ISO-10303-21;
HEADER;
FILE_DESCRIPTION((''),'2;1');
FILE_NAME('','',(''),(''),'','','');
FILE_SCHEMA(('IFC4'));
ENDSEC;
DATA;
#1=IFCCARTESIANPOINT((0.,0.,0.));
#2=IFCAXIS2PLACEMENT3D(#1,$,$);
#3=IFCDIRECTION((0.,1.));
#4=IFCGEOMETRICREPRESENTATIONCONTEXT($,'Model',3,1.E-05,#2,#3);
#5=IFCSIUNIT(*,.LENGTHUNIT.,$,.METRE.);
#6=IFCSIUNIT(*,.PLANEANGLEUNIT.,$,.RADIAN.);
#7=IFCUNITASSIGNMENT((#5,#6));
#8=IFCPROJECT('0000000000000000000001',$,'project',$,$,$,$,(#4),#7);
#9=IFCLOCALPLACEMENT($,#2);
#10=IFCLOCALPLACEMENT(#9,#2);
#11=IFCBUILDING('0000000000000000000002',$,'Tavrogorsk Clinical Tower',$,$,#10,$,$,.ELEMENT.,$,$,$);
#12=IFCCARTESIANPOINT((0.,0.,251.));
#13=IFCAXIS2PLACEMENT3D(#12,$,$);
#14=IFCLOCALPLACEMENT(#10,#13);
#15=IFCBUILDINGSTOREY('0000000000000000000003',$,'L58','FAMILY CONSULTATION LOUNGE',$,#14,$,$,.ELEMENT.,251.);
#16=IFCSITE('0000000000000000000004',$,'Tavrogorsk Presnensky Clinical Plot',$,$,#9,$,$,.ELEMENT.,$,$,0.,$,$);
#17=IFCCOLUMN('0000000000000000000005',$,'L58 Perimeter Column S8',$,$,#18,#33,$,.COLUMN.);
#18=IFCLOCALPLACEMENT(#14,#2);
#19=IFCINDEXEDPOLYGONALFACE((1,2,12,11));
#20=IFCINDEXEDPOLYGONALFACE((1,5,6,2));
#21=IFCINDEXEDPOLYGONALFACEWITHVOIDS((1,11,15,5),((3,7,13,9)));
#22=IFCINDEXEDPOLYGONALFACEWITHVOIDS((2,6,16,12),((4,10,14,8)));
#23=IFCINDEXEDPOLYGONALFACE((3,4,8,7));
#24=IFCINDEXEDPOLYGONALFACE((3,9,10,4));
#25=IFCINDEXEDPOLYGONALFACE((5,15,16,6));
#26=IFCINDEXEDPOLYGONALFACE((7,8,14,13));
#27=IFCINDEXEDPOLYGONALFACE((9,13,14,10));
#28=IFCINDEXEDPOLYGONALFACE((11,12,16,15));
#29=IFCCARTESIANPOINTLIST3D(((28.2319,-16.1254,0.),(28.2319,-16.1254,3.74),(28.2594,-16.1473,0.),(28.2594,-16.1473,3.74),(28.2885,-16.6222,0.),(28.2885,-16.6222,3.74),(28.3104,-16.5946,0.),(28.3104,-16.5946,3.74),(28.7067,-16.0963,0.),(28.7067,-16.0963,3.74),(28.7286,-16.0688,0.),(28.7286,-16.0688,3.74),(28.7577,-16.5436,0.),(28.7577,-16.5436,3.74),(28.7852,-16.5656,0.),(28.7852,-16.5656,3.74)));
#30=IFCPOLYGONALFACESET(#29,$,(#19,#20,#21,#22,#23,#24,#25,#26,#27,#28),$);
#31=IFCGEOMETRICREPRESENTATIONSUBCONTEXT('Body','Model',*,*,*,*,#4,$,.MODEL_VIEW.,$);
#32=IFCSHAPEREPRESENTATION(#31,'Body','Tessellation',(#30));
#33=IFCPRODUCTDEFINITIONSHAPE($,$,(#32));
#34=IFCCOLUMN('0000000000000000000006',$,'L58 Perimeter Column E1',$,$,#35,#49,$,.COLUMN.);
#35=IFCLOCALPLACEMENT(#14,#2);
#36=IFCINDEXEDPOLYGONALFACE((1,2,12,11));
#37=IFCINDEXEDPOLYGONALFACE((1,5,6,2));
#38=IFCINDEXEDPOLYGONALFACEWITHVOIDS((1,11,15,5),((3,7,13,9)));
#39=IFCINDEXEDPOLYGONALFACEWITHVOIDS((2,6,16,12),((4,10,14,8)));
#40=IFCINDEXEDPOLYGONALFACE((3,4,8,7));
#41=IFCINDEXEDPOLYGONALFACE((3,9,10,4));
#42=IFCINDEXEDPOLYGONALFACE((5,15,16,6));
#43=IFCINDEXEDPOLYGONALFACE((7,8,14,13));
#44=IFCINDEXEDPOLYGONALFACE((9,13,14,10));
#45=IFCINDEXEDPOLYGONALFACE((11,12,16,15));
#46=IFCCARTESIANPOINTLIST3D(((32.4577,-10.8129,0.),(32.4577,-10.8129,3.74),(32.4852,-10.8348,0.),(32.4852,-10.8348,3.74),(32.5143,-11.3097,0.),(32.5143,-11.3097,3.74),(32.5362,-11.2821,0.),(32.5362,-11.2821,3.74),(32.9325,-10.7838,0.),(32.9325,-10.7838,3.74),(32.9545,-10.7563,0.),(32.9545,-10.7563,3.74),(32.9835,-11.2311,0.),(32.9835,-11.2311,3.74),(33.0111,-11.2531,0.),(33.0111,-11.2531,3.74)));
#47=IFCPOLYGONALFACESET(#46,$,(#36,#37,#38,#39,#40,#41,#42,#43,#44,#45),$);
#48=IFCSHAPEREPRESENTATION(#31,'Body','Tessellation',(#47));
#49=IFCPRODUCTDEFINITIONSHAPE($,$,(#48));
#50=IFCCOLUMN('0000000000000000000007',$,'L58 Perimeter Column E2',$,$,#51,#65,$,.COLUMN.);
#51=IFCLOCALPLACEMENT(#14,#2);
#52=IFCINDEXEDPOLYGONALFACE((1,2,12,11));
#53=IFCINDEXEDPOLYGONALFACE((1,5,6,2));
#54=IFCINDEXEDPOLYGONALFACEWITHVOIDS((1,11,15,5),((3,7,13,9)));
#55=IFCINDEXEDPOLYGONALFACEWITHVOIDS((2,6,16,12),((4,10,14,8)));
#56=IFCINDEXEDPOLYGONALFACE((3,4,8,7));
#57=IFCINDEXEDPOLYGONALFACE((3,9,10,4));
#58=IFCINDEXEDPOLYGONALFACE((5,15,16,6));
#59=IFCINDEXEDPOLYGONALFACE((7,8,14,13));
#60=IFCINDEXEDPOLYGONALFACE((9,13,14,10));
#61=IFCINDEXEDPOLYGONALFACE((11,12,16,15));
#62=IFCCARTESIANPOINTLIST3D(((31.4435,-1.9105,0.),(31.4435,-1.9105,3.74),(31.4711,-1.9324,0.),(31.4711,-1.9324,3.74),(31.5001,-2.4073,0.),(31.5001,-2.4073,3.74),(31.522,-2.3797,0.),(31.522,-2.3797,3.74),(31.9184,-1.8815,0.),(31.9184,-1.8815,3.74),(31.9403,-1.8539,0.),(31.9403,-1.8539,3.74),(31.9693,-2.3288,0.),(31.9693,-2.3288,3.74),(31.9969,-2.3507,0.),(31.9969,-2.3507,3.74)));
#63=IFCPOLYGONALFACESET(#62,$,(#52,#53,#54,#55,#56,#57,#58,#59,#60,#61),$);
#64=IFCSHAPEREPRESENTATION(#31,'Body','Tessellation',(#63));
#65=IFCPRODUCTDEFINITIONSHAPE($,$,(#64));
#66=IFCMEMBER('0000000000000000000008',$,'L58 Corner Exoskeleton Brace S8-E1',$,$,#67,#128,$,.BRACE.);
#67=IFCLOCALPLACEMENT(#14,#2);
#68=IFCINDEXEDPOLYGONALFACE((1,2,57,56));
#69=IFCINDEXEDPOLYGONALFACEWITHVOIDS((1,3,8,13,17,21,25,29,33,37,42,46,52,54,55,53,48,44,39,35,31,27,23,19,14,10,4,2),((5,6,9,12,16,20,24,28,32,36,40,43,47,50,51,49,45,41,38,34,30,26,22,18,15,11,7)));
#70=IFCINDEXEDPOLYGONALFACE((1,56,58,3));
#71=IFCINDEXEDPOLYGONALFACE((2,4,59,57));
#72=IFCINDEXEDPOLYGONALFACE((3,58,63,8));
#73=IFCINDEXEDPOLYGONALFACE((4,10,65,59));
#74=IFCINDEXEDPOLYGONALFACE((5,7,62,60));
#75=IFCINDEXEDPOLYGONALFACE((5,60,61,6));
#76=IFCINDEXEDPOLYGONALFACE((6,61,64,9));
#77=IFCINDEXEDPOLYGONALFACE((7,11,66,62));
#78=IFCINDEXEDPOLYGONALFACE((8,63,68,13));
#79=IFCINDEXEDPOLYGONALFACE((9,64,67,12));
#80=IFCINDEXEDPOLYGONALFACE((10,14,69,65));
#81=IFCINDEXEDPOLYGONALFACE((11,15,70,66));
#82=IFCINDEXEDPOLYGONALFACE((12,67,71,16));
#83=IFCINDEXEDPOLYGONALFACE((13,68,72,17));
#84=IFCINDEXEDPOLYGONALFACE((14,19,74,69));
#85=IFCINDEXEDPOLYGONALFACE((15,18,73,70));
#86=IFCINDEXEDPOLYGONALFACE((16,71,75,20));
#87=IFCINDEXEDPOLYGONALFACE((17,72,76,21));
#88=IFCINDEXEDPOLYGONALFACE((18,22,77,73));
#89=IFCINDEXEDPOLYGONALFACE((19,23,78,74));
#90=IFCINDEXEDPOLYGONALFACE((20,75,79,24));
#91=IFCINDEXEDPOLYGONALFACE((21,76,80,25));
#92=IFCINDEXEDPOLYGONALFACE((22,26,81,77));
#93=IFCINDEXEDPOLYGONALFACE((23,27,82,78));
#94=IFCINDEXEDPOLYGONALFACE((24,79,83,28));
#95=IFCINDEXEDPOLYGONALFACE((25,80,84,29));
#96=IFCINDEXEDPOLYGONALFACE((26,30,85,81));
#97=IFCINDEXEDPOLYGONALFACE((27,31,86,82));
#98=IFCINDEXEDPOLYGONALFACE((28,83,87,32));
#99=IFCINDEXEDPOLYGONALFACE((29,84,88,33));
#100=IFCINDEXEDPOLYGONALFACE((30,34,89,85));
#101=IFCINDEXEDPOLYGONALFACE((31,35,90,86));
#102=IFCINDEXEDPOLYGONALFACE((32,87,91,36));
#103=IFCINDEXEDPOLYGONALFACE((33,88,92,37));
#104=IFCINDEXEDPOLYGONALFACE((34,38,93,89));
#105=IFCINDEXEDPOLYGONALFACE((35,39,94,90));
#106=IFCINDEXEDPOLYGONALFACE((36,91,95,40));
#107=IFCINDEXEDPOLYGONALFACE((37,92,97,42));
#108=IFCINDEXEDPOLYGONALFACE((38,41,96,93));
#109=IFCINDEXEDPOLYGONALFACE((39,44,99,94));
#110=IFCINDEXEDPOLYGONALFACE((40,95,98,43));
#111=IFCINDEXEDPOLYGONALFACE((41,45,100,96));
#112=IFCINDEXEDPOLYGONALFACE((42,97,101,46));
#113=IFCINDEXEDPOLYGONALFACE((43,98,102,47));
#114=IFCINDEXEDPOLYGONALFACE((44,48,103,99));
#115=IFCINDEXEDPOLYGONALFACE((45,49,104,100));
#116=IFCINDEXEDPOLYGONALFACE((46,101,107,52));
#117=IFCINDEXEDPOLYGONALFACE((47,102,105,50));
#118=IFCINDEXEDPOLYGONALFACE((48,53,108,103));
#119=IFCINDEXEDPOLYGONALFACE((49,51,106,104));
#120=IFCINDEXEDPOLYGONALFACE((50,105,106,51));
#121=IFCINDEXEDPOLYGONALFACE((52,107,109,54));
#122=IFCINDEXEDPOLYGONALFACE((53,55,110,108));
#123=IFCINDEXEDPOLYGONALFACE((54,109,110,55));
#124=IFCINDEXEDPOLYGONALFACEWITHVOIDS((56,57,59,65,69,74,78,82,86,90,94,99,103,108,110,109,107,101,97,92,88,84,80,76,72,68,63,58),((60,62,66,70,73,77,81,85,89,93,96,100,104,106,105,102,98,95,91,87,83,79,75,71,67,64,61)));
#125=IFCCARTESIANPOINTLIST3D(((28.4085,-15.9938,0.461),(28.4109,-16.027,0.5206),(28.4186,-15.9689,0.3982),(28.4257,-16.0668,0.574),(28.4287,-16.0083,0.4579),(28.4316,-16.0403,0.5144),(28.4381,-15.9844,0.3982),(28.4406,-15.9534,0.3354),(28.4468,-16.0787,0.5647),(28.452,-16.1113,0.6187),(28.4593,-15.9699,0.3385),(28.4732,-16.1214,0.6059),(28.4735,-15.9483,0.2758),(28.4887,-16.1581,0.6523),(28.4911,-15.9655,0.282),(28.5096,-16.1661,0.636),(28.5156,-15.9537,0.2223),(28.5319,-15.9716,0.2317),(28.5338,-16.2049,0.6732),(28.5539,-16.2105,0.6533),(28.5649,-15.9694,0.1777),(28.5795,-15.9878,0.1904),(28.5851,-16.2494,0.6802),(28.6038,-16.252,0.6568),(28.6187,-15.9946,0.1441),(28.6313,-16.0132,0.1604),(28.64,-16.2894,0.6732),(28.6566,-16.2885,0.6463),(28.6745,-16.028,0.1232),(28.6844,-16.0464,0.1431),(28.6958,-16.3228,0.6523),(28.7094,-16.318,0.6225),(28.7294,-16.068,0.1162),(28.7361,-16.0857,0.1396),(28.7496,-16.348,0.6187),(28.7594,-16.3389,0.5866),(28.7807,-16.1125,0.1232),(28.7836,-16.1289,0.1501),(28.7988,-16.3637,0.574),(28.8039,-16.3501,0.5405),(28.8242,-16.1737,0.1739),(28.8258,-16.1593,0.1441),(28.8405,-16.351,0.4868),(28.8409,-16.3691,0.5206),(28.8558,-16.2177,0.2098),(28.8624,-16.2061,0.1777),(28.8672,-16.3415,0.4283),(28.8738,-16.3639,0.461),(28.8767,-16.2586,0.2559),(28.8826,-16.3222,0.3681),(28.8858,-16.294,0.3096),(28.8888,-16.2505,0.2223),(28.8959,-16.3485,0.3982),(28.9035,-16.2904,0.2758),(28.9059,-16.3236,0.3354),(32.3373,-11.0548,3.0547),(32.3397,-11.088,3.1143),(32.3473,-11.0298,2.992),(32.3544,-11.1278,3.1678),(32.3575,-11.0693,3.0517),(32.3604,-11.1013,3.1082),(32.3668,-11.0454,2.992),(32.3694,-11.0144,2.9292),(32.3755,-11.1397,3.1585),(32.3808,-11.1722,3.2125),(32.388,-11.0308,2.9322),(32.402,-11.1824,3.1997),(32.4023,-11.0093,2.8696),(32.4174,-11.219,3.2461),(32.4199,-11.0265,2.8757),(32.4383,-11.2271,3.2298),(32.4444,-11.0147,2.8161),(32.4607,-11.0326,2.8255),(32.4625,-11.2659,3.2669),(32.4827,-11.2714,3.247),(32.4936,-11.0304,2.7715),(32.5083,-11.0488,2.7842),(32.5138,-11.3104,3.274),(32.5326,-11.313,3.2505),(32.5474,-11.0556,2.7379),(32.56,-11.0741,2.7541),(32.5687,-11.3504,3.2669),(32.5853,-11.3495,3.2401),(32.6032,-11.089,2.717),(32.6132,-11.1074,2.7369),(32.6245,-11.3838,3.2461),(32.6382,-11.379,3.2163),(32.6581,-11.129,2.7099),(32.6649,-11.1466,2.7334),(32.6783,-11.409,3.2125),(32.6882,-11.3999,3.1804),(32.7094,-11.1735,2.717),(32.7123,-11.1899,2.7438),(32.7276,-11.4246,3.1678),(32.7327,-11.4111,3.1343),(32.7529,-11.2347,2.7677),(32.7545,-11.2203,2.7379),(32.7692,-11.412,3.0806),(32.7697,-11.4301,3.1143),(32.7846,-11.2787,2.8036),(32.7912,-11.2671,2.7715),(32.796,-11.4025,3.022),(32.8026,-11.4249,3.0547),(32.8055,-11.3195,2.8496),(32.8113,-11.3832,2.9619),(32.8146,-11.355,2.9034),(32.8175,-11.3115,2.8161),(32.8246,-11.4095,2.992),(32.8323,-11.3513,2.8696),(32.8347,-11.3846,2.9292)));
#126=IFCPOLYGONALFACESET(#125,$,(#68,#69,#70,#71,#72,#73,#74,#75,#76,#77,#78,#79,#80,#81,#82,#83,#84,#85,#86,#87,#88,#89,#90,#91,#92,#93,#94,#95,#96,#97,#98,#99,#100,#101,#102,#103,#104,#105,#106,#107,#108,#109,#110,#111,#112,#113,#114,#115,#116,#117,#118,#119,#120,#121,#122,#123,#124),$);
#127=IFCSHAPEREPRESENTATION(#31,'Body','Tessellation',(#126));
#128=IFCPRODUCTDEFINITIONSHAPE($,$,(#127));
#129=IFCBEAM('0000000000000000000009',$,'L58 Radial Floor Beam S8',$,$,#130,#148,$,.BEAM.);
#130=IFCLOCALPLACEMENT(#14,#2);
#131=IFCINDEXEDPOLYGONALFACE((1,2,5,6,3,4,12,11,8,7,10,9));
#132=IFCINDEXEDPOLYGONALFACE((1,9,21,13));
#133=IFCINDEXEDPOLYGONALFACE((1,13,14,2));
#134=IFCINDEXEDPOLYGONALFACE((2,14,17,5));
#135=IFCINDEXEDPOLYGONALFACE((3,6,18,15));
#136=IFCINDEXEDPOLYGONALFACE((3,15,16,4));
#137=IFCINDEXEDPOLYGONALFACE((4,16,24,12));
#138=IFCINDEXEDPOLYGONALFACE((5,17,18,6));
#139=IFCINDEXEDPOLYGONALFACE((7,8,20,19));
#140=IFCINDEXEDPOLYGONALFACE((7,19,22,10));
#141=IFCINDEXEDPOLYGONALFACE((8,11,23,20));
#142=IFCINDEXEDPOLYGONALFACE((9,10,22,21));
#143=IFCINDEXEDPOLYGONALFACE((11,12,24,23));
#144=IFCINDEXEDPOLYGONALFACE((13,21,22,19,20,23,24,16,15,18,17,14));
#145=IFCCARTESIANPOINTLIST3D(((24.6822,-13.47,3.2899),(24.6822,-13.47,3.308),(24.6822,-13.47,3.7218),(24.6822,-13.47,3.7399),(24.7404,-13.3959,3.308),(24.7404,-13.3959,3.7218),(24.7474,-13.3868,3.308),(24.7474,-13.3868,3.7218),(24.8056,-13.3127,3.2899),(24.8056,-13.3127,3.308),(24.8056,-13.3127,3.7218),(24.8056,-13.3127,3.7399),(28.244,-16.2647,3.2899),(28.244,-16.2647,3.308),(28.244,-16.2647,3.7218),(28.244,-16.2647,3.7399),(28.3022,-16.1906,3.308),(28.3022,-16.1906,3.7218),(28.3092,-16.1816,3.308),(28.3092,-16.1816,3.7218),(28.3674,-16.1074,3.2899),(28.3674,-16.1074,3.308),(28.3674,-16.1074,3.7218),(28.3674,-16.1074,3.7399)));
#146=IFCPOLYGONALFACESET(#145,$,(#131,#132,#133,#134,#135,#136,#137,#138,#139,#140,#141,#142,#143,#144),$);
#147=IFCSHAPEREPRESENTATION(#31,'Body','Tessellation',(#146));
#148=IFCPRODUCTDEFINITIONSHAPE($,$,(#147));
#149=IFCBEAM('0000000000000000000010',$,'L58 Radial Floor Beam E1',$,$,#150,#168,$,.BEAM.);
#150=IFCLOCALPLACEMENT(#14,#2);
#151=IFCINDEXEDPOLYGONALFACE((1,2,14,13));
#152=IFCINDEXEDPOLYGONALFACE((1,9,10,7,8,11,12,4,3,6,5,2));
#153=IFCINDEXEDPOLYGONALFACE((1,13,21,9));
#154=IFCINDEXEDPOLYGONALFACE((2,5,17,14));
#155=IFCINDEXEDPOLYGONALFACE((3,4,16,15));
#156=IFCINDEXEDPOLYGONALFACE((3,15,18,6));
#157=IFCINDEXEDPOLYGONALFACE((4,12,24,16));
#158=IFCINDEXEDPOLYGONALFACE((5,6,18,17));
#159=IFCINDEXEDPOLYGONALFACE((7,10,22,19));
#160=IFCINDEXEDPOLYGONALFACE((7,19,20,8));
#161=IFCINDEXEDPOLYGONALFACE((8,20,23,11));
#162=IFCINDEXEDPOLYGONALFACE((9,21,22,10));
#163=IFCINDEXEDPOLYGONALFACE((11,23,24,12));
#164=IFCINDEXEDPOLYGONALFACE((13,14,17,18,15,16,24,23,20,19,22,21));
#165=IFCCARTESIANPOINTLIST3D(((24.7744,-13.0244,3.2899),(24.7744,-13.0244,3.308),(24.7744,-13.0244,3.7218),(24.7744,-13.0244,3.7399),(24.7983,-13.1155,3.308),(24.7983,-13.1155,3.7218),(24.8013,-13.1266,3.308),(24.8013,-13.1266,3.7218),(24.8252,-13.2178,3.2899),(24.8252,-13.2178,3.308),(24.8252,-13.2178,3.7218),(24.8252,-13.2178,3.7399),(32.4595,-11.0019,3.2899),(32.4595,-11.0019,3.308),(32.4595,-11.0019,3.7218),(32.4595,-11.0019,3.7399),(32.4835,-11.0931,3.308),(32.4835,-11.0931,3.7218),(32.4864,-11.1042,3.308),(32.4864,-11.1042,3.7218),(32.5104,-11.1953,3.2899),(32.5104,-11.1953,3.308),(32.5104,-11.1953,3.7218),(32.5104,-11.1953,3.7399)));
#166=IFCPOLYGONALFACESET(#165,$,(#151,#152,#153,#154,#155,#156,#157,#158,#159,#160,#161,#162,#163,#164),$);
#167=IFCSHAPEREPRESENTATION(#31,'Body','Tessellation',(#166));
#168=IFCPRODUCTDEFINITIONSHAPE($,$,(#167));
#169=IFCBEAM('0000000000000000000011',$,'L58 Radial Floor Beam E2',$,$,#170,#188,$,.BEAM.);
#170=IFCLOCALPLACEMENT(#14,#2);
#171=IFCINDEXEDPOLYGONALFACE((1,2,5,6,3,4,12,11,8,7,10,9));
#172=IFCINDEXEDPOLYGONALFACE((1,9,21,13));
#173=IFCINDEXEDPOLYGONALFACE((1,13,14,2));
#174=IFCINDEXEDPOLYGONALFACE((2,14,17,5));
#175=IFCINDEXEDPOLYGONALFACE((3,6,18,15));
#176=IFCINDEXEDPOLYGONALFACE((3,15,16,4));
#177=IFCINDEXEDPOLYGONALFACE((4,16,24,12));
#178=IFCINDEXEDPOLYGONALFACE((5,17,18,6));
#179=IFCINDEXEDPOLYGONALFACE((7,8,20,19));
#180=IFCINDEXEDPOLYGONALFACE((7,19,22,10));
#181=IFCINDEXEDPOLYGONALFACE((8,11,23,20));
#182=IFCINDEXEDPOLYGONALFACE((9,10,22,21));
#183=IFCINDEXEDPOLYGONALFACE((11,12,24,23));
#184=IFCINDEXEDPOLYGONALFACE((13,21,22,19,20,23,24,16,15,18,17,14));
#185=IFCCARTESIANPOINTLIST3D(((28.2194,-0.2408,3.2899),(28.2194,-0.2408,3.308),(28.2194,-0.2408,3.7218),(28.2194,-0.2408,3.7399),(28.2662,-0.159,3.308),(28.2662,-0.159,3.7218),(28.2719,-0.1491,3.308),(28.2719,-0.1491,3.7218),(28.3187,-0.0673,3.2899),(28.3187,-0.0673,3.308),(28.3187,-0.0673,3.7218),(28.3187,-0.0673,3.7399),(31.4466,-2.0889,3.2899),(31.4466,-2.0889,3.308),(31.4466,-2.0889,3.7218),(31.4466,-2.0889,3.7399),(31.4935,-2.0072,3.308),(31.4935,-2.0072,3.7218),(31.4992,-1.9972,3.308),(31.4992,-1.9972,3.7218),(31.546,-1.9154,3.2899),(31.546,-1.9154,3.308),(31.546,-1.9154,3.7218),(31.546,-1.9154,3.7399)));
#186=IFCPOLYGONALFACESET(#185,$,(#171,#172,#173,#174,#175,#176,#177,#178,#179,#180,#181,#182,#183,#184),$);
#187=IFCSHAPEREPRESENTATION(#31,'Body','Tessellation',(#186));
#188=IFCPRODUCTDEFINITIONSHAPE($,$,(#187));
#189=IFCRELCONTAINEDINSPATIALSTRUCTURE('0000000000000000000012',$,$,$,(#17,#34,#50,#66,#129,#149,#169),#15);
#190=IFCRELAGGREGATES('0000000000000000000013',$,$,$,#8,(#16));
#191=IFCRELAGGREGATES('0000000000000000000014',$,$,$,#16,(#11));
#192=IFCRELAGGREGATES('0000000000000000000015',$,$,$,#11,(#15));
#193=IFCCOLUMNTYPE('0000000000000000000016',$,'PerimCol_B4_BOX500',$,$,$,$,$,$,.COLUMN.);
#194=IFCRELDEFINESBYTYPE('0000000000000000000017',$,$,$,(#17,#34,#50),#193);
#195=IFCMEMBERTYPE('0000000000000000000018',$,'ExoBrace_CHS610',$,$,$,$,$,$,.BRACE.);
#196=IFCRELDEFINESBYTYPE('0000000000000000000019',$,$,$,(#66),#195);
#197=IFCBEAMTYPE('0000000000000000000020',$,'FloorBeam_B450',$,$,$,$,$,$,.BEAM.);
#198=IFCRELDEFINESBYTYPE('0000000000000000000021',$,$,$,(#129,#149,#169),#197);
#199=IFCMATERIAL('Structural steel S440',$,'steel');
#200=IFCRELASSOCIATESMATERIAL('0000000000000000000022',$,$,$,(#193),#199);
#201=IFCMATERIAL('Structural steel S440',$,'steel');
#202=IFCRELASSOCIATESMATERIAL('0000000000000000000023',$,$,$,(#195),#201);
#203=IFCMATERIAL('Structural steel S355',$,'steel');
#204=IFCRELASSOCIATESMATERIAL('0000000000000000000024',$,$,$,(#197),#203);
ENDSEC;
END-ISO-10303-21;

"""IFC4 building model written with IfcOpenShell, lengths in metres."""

from ifc_helpers import new_model, si_unit, direction, frame, origin, origin_2d, place, context, subcontext, project, spatial, hollow_rectangle, hollow_circle, i_section, extrude, material, material_profile, profile_set, type_object, element, save


model = new_model("IFC4")

# Units and contexts
model_context = context("Model", 3, precision=1e-05, world=origin(), true_north=direction((0.0, 1.0)))
body_context = subcontext(model_context, "Body", "Model", "MODEL_VIEW")
ifc_project = project(units=[si_unit("LENGTHUNIT", "METRE"), si_unit("PLANEANGLEUNIT", "RADIAN")], contexts=[model_context])

# Site, building, storey
site_placement = place(None, origin())
site = spatial("IfcSite", under=ifc_project, at=site_placement, Name="Tavrogorsk Presnensky Clinical Plot", CompositionType="ELEMENT", RefElevation=0.0)
building_placement = place(site_placement, origin())
building = spatial("IfcBuilding", under=site, at=building_placement, Name="Tavrogorsk Clinical Tower", CompositionType="ELEMENT")
storey_placement = place(building_placement, frame((0.0, 0.0, 251.0)))
storey = spatial("IfcBuildingStorey", under=building, at=storey_placement, Name="L58", Description="FAMILY CONSULTATION LOUNGE", CompositionType="ELEMENT", Elevation=251.0)

# Columns
ifc_material_1 = material(Name="Structural steel S440", Category="steel")
ifc_material_profile_1 = material_profile(ifc_material_1, hollow_rectangle(XDim=0.5, YDim=0.5, WallThickness=0.0249, at=origin_2d()), Name="BOX-500x500x25")
ifc_profile_set_1 = profile_set([ifc_material_profile_1], Name="Structural steel S440")
column_type = type_object("IfcColumnType", Name="PerimCol_B4_BOX500", PredefinedType="COLUMN", material=ifc_profile_set_1)
for number, where, z_axis, x_axis, name in (
    (1, (28.5085, -16.3455, 0.0), (0.0, 0.0, 1.0), (0.993572, 0.113203, 0.0), "L58 Perimeter Column S8"),
    (2, (32.7344, -11.033, 0.0), (0.0, 0.0, 1.0), (0.993572, 0.113203, 0.0), "L58 Perimeter Column E1"),
    (3, (31.7202, -2.1306, 0.0), (0.0, 0.0, 1.0), (0.993572, 0.113203, 0.0), "L58 Perimeter Column E2"),
):
    element("IfcColumn", number, at=place(storey_placement, frame(where, z_axis=z_axis, x_axis=x_axis)), inside=storey, type_object=column_type, Name=name, PredefinedType="COLUMN", context=body_context, shape_type="SweptSolid", body=[
        extrude(hollow_rectangle(XDim=0.5, YDim=0.5, WallThickness=0.0249, at=origin_2d()), origin(), (0.0, 0.0, 1.0), 3.74),
    ])

# Member
ifc_material_2 = material(Name="Structural steel S440", Category="steel")
ifc_material_profile_2 = material_profile(ifc_material_2, hollow_circle(Radius=0.3049, WallThickness=0.0249, at=origin_2d()), Name="CHS-610x25")
ifc_profile_set_2 = profile_set([ifc_material_profile_2], Name="Structural steel S440")
member_type_1 = type_object("IfcMemberType", Name="ExoBrace_CHS610", PredefinedType="BRACE", material=ifc_profile_set_2)
member_1_placement = place(storey_placement, frame((28.6572, -16.1587, 0.3982), z_axis=(0.575789, 0.723852, 0.380138), x_axis=(-0.782602, 0.622522, 0.0)))
element("IfcMember", 4, at=member_1_placement, inside=storey, type_object=member_type_1, Name="L58 Corner Exoskeleton Brace S8-E1", PredefinedType="BRACE", context=body_context, shape_type="SweptSolid", body=[
    extrude(hollow_circle(Radius=0.3049, WallThickness=0.0249, at=origin_2d()), origin(), (0.0, 0.0, 1.0), 6.8232),
])

# Beams
ifc_material_3 = material(Name="Structural steel S355", Category="steel")
ifc_material_profile_3 = material_profile(ifc_material_3, i_section(OverallWidth=0.2, OverallDepth=0.45, WebThickness=0.0115, FlangeThickness=0.0181, at=origin_2d()), Name="B-450x200x11.5x18")
ifc_profile_set_3 = profile_set([ifc_material_profile_3], Name="Structural steel S355")
beam_type_1 = type_object("IfcBeamType", Name="FloorBeam_B450", PredefinedType="BEAM", material=ifc_profile_set_3)
beam_1_placement = place(storey_placement, frame((24.7439, -13.3914, 3.5149), z_axis=(0.786732, -0.617295, 0.0), x_axis=(0.617295, 0.786732, 0.0)))
element("IfcBeam", 5, at=beam_1_placement, inside=storey, type_object=beam_type_1, Name="L58 Radial Floor Beam S8", PredefinedType="BEAM", context=body_context, shape_type="SweptSolid", body=[
    extrude(i_section(OverallWidth=0.2, OverallDepth=0.45, WebThickness=0.0115, FlangeThickness=0.0181, at=origin_2d()), origin(), (0.0, 0.0, 1.0), 4.5273),
])
beam_2_placement = place(storey_placement, frame((24.7998, -13.1211, 3.5149), z_axis=(0.967072, 0.254502, 0.0), x_axis=(-0.254502, 0.967072, 0.0)))
element("IfcBeam", 6, at=beam_2_placement, inside=storey, type_object=beam_type_1, Name="L58 Radial Floor Beam E1", PredefinedType="BEAM", context=body_context, shape_type="SweptSolid", body=[
    extrude(i_section(OverallWidth=0.2, OverallDepth=0.45, WebThickness=0.0115, FlangeThickness=0.0181, at=origin_2d()), origin(), (0.0, 0.0, 1.0), 7.9468),
])
beam_3_placement = place(storey_placement, frame((28.269, -0.1541, 3.5149), z_axis=(0.867782, -0.496945, 0.0), x_axis=(0.496945, 0.867782, 0.0)))
element("IfcBeam", 7, at=beam_3_placement, inside=storey, type_object=beam_type_1, Name="L58 Radial Floor Beam E2", PredefinedType="BEAM", context=body_context, shape_type="SweptSolid", body=[
    extrude(i_section(OverallWidth=0.2, OverallDepth=0.45, WebThickness=0.0115, FlangeThickness=0.0181, at=origin_2d()), origin(), (0.0, 0.0, 1.0), 3.719),
])

save(model, "model.ifc")
